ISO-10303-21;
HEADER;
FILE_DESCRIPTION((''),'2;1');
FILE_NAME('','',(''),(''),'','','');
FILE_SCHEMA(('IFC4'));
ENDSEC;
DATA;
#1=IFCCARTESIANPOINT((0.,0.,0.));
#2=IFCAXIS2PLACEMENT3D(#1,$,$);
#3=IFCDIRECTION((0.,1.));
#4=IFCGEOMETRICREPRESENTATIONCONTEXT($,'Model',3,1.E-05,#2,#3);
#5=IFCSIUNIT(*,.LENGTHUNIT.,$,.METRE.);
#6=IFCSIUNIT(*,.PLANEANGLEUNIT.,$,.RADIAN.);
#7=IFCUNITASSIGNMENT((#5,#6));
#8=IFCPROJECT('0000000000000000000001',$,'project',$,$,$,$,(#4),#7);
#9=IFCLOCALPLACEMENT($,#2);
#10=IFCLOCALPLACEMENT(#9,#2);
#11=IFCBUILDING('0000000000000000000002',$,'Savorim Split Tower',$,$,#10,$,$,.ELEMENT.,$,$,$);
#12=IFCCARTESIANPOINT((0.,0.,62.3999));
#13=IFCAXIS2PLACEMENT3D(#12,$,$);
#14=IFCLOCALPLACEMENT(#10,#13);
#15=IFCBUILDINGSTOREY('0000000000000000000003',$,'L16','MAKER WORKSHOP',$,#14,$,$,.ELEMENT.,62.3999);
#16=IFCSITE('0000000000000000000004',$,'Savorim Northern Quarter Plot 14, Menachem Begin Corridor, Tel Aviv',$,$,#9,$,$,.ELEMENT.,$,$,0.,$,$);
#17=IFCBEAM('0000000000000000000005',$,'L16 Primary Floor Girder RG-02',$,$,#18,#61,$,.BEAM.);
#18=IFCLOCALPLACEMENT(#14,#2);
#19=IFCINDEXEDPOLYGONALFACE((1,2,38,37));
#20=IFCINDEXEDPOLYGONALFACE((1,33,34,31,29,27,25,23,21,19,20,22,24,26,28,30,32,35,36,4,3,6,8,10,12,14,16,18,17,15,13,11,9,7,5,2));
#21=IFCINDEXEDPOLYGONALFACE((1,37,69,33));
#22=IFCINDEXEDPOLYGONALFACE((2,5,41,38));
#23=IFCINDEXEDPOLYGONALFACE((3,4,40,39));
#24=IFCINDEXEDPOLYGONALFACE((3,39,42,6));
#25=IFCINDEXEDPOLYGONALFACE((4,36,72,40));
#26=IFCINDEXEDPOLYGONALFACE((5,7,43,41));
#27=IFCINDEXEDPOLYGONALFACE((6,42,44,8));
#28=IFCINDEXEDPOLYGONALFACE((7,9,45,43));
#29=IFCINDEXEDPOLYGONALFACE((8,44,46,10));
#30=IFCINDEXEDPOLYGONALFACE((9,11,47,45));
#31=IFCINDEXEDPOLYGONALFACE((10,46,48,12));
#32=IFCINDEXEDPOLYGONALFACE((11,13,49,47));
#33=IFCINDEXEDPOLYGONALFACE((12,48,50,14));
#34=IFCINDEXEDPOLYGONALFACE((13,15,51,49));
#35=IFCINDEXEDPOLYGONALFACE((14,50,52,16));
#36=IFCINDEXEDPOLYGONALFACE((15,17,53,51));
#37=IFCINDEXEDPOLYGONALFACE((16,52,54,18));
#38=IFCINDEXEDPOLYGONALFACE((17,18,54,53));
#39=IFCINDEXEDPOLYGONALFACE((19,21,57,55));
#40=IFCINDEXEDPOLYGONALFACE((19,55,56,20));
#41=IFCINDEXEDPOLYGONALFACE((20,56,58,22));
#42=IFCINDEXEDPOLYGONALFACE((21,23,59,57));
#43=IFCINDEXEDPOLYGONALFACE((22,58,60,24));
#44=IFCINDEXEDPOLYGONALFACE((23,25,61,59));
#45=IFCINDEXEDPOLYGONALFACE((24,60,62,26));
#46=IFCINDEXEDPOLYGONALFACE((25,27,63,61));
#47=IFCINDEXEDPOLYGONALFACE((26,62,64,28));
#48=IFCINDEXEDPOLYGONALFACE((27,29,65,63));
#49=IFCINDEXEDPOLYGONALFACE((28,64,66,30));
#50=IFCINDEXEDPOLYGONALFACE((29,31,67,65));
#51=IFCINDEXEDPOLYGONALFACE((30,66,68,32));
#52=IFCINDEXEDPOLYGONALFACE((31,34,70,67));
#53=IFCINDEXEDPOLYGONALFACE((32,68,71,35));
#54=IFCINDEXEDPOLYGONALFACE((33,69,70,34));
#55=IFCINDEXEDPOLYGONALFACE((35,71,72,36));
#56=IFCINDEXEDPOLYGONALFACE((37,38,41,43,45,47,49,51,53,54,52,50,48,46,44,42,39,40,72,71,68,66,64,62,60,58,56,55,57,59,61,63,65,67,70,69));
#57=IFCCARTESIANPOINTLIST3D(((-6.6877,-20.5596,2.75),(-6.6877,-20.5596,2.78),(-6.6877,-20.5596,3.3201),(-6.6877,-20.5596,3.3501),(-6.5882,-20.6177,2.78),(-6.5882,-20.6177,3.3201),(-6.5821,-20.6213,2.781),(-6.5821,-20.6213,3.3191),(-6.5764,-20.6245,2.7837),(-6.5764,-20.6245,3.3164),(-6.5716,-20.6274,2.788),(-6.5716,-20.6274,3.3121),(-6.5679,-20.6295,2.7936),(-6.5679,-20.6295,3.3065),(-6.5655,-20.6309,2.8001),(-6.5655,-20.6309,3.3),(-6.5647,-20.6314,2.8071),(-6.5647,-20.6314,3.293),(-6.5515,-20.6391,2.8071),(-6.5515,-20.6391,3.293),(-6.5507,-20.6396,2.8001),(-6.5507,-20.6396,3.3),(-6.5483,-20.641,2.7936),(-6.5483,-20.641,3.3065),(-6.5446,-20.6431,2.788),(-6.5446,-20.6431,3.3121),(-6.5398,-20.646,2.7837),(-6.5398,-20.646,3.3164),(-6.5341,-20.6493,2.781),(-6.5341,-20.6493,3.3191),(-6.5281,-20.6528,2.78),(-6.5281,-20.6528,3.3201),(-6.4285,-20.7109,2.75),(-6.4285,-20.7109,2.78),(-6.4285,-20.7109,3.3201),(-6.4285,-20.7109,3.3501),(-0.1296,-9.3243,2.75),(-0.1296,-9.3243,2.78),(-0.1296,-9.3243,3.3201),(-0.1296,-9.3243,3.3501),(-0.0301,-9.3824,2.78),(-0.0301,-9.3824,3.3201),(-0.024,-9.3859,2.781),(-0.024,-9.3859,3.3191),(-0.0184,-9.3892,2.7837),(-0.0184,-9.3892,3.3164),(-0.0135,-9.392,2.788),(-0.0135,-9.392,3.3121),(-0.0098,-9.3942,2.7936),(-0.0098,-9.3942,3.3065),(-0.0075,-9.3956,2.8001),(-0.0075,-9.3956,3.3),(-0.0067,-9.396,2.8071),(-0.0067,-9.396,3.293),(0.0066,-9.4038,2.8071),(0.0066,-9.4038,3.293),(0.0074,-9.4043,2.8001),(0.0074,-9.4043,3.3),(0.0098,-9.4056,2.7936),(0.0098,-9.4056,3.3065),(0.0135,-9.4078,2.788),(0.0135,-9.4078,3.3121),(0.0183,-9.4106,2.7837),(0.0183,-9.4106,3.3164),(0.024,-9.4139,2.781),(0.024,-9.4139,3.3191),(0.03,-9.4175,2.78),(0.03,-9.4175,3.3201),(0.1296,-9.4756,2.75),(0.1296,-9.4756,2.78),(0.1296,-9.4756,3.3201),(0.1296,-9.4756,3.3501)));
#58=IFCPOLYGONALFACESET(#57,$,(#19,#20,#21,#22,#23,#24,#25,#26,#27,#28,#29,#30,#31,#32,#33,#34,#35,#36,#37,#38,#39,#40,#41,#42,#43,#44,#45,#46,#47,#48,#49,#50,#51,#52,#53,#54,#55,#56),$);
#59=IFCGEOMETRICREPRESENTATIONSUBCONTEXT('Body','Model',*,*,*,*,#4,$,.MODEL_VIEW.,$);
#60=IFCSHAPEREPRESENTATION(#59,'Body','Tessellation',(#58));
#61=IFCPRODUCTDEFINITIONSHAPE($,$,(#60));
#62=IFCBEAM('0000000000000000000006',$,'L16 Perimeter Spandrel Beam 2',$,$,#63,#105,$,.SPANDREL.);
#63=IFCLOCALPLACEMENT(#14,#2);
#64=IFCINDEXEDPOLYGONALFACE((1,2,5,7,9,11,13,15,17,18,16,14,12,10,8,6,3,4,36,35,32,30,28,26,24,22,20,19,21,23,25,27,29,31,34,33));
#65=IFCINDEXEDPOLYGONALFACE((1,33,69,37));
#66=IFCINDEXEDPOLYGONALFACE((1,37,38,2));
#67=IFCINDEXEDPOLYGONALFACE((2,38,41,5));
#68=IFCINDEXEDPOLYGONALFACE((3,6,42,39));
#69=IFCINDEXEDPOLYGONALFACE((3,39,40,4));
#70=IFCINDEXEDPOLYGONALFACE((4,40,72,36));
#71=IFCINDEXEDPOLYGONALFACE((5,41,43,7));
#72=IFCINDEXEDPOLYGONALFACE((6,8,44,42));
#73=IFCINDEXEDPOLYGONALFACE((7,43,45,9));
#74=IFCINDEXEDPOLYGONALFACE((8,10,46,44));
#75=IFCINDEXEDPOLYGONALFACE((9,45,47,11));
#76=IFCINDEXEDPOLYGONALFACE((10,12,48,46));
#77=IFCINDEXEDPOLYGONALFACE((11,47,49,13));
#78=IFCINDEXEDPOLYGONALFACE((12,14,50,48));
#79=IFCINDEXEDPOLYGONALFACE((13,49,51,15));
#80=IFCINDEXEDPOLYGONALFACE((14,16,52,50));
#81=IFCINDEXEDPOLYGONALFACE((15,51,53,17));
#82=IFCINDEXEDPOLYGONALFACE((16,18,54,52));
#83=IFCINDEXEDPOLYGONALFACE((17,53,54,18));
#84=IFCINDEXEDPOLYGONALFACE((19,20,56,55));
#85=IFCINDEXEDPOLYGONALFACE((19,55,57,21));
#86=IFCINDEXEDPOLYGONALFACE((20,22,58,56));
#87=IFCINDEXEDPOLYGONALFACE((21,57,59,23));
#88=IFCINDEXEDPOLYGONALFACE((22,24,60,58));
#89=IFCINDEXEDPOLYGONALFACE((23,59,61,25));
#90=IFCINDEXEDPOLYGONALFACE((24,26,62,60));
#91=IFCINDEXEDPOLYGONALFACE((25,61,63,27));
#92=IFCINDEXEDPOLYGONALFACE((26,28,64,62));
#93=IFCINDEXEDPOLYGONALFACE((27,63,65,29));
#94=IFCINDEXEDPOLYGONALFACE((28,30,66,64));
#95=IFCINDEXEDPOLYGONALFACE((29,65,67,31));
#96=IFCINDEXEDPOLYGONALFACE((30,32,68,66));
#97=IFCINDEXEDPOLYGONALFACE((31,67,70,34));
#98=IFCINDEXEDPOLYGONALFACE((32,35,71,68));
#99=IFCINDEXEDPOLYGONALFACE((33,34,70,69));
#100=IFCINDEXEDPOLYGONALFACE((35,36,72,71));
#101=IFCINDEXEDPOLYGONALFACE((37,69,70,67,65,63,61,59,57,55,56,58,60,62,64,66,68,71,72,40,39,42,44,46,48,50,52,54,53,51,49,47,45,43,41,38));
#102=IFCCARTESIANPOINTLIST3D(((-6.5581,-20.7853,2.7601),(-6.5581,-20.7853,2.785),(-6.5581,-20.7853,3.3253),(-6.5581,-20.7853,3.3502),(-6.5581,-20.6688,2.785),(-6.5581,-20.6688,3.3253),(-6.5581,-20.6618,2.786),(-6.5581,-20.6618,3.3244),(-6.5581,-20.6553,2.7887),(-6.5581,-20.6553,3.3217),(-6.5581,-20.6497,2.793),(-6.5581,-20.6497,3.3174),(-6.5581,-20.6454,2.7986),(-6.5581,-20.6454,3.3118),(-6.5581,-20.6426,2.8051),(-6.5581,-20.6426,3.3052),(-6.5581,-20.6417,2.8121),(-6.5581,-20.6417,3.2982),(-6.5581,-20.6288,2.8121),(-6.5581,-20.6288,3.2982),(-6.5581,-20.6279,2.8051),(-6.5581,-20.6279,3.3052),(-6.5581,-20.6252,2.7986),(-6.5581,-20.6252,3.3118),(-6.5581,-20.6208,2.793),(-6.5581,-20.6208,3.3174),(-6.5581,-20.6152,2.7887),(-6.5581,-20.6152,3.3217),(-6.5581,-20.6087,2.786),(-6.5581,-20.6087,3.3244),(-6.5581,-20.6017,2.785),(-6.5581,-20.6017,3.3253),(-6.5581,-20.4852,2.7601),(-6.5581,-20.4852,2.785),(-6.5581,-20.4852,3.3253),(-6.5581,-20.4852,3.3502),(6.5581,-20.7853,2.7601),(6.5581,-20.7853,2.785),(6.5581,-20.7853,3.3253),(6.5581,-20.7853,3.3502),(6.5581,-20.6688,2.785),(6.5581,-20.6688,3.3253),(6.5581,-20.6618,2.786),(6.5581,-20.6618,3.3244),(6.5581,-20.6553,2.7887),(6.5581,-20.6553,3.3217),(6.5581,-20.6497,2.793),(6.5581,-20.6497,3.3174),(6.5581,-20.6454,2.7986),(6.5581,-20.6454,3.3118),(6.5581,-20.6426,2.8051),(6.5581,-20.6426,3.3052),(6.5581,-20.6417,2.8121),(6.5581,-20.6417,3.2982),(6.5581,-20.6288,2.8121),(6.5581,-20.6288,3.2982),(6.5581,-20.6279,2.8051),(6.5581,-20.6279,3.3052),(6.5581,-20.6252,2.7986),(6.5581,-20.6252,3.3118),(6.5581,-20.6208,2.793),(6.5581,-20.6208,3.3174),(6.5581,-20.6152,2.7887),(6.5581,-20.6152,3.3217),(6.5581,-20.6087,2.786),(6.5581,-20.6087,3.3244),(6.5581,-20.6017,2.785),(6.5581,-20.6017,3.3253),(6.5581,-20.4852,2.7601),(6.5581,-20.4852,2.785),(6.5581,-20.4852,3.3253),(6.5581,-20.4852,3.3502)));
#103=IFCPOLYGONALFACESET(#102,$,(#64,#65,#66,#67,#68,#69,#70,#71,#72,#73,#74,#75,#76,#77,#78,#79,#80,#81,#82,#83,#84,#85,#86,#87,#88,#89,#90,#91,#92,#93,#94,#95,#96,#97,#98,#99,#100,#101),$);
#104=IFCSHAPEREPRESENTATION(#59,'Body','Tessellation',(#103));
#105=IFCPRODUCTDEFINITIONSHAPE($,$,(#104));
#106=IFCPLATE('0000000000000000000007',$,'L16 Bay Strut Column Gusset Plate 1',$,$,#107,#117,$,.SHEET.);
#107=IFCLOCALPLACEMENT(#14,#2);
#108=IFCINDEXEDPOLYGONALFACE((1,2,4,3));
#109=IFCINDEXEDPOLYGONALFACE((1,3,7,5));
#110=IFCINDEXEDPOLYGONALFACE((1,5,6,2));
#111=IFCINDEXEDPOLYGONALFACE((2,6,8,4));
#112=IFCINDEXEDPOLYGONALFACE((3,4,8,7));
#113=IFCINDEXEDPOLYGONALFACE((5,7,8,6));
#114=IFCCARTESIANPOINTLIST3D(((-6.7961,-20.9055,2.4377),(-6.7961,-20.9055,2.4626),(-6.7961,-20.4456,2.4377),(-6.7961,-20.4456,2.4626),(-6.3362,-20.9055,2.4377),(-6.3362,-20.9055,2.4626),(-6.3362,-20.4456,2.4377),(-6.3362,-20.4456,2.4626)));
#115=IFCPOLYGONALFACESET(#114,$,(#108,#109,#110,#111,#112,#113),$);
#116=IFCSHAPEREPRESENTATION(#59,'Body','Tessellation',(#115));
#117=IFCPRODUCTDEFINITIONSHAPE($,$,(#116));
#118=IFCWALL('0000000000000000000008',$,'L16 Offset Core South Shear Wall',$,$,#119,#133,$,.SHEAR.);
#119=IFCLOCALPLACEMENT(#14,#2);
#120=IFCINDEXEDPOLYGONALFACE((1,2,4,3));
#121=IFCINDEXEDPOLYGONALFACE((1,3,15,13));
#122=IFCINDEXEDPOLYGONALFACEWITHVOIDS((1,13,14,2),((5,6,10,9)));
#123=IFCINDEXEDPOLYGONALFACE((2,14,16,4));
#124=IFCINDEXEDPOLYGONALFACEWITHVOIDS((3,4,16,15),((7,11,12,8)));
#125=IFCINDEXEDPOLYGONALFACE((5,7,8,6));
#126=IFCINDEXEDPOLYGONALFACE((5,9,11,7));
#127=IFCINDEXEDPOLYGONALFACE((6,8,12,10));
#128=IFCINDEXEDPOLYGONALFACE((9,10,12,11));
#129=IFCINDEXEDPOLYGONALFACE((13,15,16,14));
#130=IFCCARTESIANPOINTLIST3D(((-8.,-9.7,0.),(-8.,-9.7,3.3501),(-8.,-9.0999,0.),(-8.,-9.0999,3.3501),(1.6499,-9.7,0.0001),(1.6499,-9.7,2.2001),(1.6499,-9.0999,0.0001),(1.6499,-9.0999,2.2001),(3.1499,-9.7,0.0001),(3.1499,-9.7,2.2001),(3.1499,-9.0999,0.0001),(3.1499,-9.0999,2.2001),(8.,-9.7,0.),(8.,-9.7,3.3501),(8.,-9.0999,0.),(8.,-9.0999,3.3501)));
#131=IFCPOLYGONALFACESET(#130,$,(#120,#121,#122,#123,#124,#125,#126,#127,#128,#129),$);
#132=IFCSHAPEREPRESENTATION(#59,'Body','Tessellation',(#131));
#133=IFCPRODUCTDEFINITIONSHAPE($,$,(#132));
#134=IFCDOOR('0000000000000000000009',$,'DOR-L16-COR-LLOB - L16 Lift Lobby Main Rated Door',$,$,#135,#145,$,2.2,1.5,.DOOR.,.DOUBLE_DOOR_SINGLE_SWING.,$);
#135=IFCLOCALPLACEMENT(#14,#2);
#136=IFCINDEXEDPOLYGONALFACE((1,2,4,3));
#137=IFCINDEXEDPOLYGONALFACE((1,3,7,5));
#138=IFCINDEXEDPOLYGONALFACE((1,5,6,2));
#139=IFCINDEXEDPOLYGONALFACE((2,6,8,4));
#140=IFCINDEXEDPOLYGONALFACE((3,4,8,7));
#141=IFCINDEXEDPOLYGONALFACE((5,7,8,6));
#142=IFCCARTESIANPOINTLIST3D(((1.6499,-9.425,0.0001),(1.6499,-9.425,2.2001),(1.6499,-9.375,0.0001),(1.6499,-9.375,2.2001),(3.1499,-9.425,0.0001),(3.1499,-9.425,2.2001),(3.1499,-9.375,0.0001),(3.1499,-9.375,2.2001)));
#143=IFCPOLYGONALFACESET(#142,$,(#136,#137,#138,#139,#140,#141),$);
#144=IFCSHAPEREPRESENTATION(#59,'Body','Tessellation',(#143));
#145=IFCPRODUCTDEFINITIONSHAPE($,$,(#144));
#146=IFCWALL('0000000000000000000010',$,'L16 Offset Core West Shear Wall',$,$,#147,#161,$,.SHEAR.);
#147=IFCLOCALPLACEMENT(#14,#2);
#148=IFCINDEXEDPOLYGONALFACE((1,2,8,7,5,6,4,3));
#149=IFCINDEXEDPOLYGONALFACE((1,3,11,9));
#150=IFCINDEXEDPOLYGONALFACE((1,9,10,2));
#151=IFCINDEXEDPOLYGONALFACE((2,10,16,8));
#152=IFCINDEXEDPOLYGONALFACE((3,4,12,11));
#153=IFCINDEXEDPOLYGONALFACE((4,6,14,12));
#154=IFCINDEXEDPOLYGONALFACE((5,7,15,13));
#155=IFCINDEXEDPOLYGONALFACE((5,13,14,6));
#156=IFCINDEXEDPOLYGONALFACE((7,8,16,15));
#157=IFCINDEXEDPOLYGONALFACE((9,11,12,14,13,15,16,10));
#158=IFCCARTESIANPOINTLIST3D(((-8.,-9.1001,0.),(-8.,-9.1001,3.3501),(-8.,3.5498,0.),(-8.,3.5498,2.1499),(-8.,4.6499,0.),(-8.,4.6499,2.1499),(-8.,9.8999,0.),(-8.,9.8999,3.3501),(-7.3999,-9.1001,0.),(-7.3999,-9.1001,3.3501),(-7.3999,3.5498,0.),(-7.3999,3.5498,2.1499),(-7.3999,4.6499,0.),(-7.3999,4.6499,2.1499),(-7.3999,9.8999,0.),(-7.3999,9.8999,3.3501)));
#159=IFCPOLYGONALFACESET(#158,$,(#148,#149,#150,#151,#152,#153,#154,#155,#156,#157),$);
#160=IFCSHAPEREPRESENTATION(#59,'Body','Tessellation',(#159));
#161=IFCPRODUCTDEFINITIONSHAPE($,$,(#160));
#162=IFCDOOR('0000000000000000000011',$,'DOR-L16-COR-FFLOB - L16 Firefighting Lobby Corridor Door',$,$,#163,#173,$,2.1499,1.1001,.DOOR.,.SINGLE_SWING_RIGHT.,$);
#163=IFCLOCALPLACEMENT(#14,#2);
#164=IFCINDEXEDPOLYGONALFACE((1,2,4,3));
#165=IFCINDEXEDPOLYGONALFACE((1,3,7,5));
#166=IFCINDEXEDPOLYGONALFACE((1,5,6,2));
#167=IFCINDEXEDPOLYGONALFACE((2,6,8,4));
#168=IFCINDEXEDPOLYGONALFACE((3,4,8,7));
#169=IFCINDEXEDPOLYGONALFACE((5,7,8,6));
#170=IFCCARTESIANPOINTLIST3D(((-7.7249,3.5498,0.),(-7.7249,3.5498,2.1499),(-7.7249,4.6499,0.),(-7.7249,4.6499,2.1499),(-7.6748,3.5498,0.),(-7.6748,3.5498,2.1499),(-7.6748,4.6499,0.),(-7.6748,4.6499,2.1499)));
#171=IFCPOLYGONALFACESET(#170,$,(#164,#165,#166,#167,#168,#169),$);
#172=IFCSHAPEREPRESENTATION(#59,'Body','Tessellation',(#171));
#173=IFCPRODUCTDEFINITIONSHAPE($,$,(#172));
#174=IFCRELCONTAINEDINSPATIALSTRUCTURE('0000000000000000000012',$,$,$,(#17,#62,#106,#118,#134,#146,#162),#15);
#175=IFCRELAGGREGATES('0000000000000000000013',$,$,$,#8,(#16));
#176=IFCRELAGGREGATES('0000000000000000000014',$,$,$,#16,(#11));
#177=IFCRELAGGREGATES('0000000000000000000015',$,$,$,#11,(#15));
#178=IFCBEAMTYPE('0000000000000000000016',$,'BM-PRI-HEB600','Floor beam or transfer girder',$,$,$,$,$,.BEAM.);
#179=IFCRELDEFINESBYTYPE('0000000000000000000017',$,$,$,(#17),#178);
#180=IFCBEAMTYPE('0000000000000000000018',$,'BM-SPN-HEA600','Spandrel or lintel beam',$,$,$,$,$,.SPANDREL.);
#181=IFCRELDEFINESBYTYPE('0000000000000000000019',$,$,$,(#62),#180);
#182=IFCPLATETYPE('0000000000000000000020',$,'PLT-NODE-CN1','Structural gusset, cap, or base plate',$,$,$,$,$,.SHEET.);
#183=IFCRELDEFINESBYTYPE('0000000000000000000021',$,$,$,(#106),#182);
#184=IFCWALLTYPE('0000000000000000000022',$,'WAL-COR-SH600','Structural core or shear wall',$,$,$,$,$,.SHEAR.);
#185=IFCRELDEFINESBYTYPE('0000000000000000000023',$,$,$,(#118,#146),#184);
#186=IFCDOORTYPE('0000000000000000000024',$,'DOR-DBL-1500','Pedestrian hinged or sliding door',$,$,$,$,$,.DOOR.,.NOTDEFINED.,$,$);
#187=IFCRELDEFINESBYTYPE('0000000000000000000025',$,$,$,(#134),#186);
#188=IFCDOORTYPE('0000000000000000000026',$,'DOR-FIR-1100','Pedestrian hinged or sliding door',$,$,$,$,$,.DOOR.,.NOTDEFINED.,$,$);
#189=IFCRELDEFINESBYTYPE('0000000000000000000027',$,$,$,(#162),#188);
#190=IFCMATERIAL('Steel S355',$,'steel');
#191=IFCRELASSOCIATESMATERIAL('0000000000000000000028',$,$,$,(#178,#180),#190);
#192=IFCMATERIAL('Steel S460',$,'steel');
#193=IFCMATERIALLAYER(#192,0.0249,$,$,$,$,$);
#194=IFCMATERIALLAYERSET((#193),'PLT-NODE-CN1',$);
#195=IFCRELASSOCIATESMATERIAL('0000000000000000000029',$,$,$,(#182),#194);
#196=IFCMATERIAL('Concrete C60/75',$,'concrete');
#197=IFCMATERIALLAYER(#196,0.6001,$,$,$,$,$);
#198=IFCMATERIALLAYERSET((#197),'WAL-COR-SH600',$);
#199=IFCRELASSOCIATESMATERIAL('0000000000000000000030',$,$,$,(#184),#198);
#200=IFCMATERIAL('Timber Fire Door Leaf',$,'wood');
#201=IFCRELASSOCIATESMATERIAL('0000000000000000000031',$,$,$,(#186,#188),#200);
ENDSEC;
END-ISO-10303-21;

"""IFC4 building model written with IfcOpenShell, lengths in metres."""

from ifc_helpers import new_model, si_unit, direction, frame, frame_2d, origin, origin_2d, place, context, subcontext, project, spatial, rectangle, i_section, extrude, material, layer, layer_set, material_profile, profile_set, type_object, element, fill, save


model = new_model("IFC4")

# Units and contexts
model_context = context("Model", 3, precision=1e-05, world=origin(), true_north=direction((0.0, 1.0)))
body_context = subcontext(model_context, "Body", "Model", "MODEL_VIEW")
ifc_project = project(units=[si_unit("LENGTHUNIT", "METRE"), si_unit("PLANEANGLEUNIT", "RADIAN")], contexts=[model_context])

# Site, building, storey
site_placement = place(None, origin())
site = spatial("IfcSite", under=ifc_project, at=site_placement, Name="Savorim Northern Quarter Plot 14, Menachem Begin Corridor, Tel Aviv", CompositionType="ELEMENT", RefElevation=0.0)
building_placement = place(site_placement, origin())
building = spatial("IfcBuilding", under=site, at=building_placement, Name="Savorim Split Tower", CompositionType="ELEMENT")
storey_placement = place(building_placement, frame((0.0, 0.0, 62.3999)))
storey = spatial("IfcBuildingStorey", under=building, at=storey_placement, Name="L16", Description="MAKER WORKSHOP", CompositionType="ELEMENT", Elevation=62.3999)

# Shared definitions
ifc_material_1 = material(Name="Steel S460", Category="steel")

# Beams
ifc_material_2 = material(Name="Steel S355", Category="steel")
ifc_material_profile_1 = material_profile(ifc_material_2, i_section(OverallWidth=0.3, OverallDepth=0.6001, WebThickness=0.0154, FlangeThickness=0.03, FilletRadius=0.0271, at=origin_2d()), Name="HEB 600")
ifc_profile_set_1 = profile_set([ifc_material_profile_1], Name="Steel S355")
beam_type_1 = type_object("IfcBeamType", Name="BM-PRI-HEB600", Description="Floor beam or transfer girder", PredefinedType="BEAM", material=ifc_profile_set_1)
beam_1_placement = place(storey_placement, frame((-6.5581, -20.6353, 3.05), z_axis=(0.504109, 0.86364, 0.0), x_axis=(-0.86364, 0.504109, 0.0)))
element("IfcBeam", 1, at=beam_1_placement, inside=storey, type_object=beam_type_1, Name="L16 Primary Floor Girder RG-02", PredefinedType="BEAM", context=body_context, shape_type="SweptSolid", body=[
    extrude(i_section(OverallWidth=0.3, OverallDepth=0.6001, WebThickness=0.0154, FlangeThickness=0.03, FilletRadius=0.0271, at=origin_2d()), origin(), (0.0, 0.0, 1.0), 13.0093),
])
ifc_material_profile_2 = material_profile(ifc_material_2, i_section(OverallWidth=0.3, OverallDepth=0.5901, WebThickness=0.0129, FlangeThickness=0.0249, FilletRadius=0.0271, at=origin_2d()), Name="HEA 600")
ifc_profile_set_2 = profile_set([ifc_material_profile_2], Name="Steel S355")
beam_type_2 = type_object("IfcBeamType", Name="BM-SPN-HEA600", Description="Spandrel or lintel beam", PredefinedType="SPANDREL", material=ifc_profile_set_2)
beam_2_placement = place(storey_placement, frame((-6.5581, -20.6353, 3.0552), z_axis=(1.0, 0.0, 0.0), x_axis=(0.0, 1.0, 0.0)))
element("IfcBeam", 2, at=beam_2_placement, inside=storey, type_object=beam_type_2, Name="L16 Perimeter Spandrel Beam 2", PredefinedType="SPANDREL", context=body_context, shape_type="SweptSolid", body=[
    extrude(i_section(OverallWidth=0.3, OverallDepth=0.5901, WebThickness=0.0129, FlangeThickness=0.0249, FilletRadius=0.0271, at=origin_2d()), origin(), (0.0, 0.0, 1.0), 13.1162),
])

# Plate
ifc_layer_1 = layer(ifc_material_1, 0.0249)
ifc_layer_set_1 = layer_set([ifc_layer_1], Name="PLT-NODE-CN1")
plate_type = type_object("IfcPlateType", Name="PLT-NODE-CN1", Description="Structural gusset, cap, or base plate", PredefinedType="SHEET", material=ifc_layer_set_1)
plate_placement = place(storey_placement, frame((-6.5662, -20.6755, 2.4377), z_axis=(0.0, 0.0, 1.0), x_axis=(1.0, 0.0, 0.0)))
element("IfcPlate", 3, at=plate_placement, inside=storey, type_object=plate_type, Name="L16 Bay Strut Column Gusset Plate 1", PredefinedType="SHEET", context=body_context, shape_type="SweptSolid", body=[
    extrude(rectangle(XDim=0.46, YDim=0.46, at=origin_2d()), origin(), (0.0, 0.0, 1.0), 0.0249),
])

# Walls, openings, doors
ifc_material_3 = material(Name="Concrete C60/75", Category="concrete")
ifc_layer_2 = layer(ifc_material_3, 0.6001)
ifc_layer_set_2 = layer_set([ifc_layer_2], Name="WAL-COR-SH600")
wall_type_1 = type_object("IfcWallType", Name="WAL-COR-SH600", Description="Structural core or shear wall", PredefinedType="SHEAR", material=ifc_layer_set_2)
wall_1_placement = place(storey_placement, frame((-8.0, -9.3999, 0.0), z_axis=(0.0, 0.0, 1.0), x_axis=(1.0, 0.0, 0.0)))
wall_1 = element("IfcWall", 4, at=wall_1_placement, inside=storey, type_object=wall_type_1, Name="L16 Offset Core South Shear Wall", PredefinedType="SHEAR", context=body_context, shape_type="SweptSolid", body=[
    extrude(rectangle(XDim=16.0, YDim=0.6001, at=frame_2d((8.0, 0.0))), origin(), (0.0, 0.0, 1.0), 3.3501),
])
opening_1_placement = place(wall_1_placement, frame((9.6499, 0.0, 0.0)))
opening_1 = element("IfcOpeningElement", 5, at=opening_1_placement, cuts=wall_1, PredefinedType="OPENING", context=body_context, shape_type="SweptSolid", body=[
    extrude(rectangle(XDim=1.5, YDim=2.2, at=frame_2d((0.75, 1.1001))), frame((0.0, 0.3101, 0.0), z_axis=(0.0, -1.0, 0.0), x_axis=(1.0, 0.0, 0.0)), (0.0, 0.0, 1.0), 0.6201),
])
ifc_material_4 = material(Name="Timber Fire Door Leaf", Category="wood")
door_type_1 = type_object("IfcDoorType", Name="DOR-DBL-1500", Description="Pedestrian hinged or sliding door", OperationType="NOTDEFINED", PredefinedType="DOOR", material=ifc_material_4)
door_1_placement = place(opening_1_placement, origin())
door_1 = element("IfcDoor", 6, at=door_1_placement, inside=storey, type_object=door_type_1, Name="DOR-L16-COR-LLOB - L16 Lift Lobby Main Rated Door", OperationType="DOUBLE_DOOR_SINGLE_SWING", OverallHeight=2.2, OverallWidth=1.5, PredefinedType="DOOR", context=body_context, shape_type="SweptSolid", body=[
    extrude(rectangle(XDim=1.5, YDim=2.2, at=frame_2d((0.75, 1.1001))), frame((0.0, 0.0249, 0.0), z_axis=(0.0, -1.0, 0.0), x_axis=(1.0, 0.0, 0.0)), (0.0, 0.0, 1.0), 0.05),
])
fill(opening_1, door_1)
wall_2_placement = place(storey_placement, frame((-7.7, -9.1001, 0.0), z_axis=(0.0, 0.0, 1.0), x_axis=(0.0, 1.0, 0.0)))
wall_2 = element("IfcWall", 7, at=wall_2_placement, inside=storey, type_object=wall_type_1, Name="L16 Offset Core West Shear Wall", PredefinedType="SHEAR", context=body_context, shape_type="SweptSolid", body=[
    extrude(rectangle(XDim=19.0, YDim=0.6001, at=frame_2d((9.5, 0.0))), origin(), (0.0, 0.0, 1.0), 3.3501),
])
opening_2_placement = place(wall_2_placement, frame((12.6499, 0.0, 0.0)))
opening_2 = element("IfcOpeningElement", 8, at=opening_2_placement, cuts=wall_2, PredefinedType="OPENING", context=body_context, shape_type="SweptSolid", body=[
    extrude(rectangle(XDim=1.1001, YDim=2.1499, at=frame_2d((0.55, 1.075))), frame((0.0, 0.3101, 0.0), z_axis=(0.0, -1.0, 0.0), x_axis=(1.0, 0.0, 0.0)), (0.0, 0.0, 1.0), 0.6201),
])
door_type_2 = type_object("IfcDoorType", Name="DOR-FIR-1100", Description="Pedestrian hinged or sliding door", OperationType="NOTDEFINED", PredefinedType="DOOR", material=ifc_material_4)
door_2_placement = place(opening_2_placement, origin())
door_2 = element("IfcDoor", 9, at=door_2_placement, inside=storey, type_object=door_type_2, Name="DOR-L16-COR-FFLOB - L16 Firefighting Lobby Corridor Door", OperationType="SINGLE_SWING_RIGHT", OverallHeight=2.1499, OverallWidth=1.1001, PredefinedType="DOOR", context=body_context, shape_type="SweptSolid", body=[
    extrude(rectangle(XDim=1.1001, YDim=2.1499, at=frame_2d((0.55, 1.075))), frame((0.0, 0.0249, 0.0), z_axis=(0.0, -1.0, 0.0), x_axis=(1.0, 0.0, 0.0)), (0.0, 0.0, 1.0), 0.05),
])
fill(opening_2, door_2)

save(model, "model.ifc")
